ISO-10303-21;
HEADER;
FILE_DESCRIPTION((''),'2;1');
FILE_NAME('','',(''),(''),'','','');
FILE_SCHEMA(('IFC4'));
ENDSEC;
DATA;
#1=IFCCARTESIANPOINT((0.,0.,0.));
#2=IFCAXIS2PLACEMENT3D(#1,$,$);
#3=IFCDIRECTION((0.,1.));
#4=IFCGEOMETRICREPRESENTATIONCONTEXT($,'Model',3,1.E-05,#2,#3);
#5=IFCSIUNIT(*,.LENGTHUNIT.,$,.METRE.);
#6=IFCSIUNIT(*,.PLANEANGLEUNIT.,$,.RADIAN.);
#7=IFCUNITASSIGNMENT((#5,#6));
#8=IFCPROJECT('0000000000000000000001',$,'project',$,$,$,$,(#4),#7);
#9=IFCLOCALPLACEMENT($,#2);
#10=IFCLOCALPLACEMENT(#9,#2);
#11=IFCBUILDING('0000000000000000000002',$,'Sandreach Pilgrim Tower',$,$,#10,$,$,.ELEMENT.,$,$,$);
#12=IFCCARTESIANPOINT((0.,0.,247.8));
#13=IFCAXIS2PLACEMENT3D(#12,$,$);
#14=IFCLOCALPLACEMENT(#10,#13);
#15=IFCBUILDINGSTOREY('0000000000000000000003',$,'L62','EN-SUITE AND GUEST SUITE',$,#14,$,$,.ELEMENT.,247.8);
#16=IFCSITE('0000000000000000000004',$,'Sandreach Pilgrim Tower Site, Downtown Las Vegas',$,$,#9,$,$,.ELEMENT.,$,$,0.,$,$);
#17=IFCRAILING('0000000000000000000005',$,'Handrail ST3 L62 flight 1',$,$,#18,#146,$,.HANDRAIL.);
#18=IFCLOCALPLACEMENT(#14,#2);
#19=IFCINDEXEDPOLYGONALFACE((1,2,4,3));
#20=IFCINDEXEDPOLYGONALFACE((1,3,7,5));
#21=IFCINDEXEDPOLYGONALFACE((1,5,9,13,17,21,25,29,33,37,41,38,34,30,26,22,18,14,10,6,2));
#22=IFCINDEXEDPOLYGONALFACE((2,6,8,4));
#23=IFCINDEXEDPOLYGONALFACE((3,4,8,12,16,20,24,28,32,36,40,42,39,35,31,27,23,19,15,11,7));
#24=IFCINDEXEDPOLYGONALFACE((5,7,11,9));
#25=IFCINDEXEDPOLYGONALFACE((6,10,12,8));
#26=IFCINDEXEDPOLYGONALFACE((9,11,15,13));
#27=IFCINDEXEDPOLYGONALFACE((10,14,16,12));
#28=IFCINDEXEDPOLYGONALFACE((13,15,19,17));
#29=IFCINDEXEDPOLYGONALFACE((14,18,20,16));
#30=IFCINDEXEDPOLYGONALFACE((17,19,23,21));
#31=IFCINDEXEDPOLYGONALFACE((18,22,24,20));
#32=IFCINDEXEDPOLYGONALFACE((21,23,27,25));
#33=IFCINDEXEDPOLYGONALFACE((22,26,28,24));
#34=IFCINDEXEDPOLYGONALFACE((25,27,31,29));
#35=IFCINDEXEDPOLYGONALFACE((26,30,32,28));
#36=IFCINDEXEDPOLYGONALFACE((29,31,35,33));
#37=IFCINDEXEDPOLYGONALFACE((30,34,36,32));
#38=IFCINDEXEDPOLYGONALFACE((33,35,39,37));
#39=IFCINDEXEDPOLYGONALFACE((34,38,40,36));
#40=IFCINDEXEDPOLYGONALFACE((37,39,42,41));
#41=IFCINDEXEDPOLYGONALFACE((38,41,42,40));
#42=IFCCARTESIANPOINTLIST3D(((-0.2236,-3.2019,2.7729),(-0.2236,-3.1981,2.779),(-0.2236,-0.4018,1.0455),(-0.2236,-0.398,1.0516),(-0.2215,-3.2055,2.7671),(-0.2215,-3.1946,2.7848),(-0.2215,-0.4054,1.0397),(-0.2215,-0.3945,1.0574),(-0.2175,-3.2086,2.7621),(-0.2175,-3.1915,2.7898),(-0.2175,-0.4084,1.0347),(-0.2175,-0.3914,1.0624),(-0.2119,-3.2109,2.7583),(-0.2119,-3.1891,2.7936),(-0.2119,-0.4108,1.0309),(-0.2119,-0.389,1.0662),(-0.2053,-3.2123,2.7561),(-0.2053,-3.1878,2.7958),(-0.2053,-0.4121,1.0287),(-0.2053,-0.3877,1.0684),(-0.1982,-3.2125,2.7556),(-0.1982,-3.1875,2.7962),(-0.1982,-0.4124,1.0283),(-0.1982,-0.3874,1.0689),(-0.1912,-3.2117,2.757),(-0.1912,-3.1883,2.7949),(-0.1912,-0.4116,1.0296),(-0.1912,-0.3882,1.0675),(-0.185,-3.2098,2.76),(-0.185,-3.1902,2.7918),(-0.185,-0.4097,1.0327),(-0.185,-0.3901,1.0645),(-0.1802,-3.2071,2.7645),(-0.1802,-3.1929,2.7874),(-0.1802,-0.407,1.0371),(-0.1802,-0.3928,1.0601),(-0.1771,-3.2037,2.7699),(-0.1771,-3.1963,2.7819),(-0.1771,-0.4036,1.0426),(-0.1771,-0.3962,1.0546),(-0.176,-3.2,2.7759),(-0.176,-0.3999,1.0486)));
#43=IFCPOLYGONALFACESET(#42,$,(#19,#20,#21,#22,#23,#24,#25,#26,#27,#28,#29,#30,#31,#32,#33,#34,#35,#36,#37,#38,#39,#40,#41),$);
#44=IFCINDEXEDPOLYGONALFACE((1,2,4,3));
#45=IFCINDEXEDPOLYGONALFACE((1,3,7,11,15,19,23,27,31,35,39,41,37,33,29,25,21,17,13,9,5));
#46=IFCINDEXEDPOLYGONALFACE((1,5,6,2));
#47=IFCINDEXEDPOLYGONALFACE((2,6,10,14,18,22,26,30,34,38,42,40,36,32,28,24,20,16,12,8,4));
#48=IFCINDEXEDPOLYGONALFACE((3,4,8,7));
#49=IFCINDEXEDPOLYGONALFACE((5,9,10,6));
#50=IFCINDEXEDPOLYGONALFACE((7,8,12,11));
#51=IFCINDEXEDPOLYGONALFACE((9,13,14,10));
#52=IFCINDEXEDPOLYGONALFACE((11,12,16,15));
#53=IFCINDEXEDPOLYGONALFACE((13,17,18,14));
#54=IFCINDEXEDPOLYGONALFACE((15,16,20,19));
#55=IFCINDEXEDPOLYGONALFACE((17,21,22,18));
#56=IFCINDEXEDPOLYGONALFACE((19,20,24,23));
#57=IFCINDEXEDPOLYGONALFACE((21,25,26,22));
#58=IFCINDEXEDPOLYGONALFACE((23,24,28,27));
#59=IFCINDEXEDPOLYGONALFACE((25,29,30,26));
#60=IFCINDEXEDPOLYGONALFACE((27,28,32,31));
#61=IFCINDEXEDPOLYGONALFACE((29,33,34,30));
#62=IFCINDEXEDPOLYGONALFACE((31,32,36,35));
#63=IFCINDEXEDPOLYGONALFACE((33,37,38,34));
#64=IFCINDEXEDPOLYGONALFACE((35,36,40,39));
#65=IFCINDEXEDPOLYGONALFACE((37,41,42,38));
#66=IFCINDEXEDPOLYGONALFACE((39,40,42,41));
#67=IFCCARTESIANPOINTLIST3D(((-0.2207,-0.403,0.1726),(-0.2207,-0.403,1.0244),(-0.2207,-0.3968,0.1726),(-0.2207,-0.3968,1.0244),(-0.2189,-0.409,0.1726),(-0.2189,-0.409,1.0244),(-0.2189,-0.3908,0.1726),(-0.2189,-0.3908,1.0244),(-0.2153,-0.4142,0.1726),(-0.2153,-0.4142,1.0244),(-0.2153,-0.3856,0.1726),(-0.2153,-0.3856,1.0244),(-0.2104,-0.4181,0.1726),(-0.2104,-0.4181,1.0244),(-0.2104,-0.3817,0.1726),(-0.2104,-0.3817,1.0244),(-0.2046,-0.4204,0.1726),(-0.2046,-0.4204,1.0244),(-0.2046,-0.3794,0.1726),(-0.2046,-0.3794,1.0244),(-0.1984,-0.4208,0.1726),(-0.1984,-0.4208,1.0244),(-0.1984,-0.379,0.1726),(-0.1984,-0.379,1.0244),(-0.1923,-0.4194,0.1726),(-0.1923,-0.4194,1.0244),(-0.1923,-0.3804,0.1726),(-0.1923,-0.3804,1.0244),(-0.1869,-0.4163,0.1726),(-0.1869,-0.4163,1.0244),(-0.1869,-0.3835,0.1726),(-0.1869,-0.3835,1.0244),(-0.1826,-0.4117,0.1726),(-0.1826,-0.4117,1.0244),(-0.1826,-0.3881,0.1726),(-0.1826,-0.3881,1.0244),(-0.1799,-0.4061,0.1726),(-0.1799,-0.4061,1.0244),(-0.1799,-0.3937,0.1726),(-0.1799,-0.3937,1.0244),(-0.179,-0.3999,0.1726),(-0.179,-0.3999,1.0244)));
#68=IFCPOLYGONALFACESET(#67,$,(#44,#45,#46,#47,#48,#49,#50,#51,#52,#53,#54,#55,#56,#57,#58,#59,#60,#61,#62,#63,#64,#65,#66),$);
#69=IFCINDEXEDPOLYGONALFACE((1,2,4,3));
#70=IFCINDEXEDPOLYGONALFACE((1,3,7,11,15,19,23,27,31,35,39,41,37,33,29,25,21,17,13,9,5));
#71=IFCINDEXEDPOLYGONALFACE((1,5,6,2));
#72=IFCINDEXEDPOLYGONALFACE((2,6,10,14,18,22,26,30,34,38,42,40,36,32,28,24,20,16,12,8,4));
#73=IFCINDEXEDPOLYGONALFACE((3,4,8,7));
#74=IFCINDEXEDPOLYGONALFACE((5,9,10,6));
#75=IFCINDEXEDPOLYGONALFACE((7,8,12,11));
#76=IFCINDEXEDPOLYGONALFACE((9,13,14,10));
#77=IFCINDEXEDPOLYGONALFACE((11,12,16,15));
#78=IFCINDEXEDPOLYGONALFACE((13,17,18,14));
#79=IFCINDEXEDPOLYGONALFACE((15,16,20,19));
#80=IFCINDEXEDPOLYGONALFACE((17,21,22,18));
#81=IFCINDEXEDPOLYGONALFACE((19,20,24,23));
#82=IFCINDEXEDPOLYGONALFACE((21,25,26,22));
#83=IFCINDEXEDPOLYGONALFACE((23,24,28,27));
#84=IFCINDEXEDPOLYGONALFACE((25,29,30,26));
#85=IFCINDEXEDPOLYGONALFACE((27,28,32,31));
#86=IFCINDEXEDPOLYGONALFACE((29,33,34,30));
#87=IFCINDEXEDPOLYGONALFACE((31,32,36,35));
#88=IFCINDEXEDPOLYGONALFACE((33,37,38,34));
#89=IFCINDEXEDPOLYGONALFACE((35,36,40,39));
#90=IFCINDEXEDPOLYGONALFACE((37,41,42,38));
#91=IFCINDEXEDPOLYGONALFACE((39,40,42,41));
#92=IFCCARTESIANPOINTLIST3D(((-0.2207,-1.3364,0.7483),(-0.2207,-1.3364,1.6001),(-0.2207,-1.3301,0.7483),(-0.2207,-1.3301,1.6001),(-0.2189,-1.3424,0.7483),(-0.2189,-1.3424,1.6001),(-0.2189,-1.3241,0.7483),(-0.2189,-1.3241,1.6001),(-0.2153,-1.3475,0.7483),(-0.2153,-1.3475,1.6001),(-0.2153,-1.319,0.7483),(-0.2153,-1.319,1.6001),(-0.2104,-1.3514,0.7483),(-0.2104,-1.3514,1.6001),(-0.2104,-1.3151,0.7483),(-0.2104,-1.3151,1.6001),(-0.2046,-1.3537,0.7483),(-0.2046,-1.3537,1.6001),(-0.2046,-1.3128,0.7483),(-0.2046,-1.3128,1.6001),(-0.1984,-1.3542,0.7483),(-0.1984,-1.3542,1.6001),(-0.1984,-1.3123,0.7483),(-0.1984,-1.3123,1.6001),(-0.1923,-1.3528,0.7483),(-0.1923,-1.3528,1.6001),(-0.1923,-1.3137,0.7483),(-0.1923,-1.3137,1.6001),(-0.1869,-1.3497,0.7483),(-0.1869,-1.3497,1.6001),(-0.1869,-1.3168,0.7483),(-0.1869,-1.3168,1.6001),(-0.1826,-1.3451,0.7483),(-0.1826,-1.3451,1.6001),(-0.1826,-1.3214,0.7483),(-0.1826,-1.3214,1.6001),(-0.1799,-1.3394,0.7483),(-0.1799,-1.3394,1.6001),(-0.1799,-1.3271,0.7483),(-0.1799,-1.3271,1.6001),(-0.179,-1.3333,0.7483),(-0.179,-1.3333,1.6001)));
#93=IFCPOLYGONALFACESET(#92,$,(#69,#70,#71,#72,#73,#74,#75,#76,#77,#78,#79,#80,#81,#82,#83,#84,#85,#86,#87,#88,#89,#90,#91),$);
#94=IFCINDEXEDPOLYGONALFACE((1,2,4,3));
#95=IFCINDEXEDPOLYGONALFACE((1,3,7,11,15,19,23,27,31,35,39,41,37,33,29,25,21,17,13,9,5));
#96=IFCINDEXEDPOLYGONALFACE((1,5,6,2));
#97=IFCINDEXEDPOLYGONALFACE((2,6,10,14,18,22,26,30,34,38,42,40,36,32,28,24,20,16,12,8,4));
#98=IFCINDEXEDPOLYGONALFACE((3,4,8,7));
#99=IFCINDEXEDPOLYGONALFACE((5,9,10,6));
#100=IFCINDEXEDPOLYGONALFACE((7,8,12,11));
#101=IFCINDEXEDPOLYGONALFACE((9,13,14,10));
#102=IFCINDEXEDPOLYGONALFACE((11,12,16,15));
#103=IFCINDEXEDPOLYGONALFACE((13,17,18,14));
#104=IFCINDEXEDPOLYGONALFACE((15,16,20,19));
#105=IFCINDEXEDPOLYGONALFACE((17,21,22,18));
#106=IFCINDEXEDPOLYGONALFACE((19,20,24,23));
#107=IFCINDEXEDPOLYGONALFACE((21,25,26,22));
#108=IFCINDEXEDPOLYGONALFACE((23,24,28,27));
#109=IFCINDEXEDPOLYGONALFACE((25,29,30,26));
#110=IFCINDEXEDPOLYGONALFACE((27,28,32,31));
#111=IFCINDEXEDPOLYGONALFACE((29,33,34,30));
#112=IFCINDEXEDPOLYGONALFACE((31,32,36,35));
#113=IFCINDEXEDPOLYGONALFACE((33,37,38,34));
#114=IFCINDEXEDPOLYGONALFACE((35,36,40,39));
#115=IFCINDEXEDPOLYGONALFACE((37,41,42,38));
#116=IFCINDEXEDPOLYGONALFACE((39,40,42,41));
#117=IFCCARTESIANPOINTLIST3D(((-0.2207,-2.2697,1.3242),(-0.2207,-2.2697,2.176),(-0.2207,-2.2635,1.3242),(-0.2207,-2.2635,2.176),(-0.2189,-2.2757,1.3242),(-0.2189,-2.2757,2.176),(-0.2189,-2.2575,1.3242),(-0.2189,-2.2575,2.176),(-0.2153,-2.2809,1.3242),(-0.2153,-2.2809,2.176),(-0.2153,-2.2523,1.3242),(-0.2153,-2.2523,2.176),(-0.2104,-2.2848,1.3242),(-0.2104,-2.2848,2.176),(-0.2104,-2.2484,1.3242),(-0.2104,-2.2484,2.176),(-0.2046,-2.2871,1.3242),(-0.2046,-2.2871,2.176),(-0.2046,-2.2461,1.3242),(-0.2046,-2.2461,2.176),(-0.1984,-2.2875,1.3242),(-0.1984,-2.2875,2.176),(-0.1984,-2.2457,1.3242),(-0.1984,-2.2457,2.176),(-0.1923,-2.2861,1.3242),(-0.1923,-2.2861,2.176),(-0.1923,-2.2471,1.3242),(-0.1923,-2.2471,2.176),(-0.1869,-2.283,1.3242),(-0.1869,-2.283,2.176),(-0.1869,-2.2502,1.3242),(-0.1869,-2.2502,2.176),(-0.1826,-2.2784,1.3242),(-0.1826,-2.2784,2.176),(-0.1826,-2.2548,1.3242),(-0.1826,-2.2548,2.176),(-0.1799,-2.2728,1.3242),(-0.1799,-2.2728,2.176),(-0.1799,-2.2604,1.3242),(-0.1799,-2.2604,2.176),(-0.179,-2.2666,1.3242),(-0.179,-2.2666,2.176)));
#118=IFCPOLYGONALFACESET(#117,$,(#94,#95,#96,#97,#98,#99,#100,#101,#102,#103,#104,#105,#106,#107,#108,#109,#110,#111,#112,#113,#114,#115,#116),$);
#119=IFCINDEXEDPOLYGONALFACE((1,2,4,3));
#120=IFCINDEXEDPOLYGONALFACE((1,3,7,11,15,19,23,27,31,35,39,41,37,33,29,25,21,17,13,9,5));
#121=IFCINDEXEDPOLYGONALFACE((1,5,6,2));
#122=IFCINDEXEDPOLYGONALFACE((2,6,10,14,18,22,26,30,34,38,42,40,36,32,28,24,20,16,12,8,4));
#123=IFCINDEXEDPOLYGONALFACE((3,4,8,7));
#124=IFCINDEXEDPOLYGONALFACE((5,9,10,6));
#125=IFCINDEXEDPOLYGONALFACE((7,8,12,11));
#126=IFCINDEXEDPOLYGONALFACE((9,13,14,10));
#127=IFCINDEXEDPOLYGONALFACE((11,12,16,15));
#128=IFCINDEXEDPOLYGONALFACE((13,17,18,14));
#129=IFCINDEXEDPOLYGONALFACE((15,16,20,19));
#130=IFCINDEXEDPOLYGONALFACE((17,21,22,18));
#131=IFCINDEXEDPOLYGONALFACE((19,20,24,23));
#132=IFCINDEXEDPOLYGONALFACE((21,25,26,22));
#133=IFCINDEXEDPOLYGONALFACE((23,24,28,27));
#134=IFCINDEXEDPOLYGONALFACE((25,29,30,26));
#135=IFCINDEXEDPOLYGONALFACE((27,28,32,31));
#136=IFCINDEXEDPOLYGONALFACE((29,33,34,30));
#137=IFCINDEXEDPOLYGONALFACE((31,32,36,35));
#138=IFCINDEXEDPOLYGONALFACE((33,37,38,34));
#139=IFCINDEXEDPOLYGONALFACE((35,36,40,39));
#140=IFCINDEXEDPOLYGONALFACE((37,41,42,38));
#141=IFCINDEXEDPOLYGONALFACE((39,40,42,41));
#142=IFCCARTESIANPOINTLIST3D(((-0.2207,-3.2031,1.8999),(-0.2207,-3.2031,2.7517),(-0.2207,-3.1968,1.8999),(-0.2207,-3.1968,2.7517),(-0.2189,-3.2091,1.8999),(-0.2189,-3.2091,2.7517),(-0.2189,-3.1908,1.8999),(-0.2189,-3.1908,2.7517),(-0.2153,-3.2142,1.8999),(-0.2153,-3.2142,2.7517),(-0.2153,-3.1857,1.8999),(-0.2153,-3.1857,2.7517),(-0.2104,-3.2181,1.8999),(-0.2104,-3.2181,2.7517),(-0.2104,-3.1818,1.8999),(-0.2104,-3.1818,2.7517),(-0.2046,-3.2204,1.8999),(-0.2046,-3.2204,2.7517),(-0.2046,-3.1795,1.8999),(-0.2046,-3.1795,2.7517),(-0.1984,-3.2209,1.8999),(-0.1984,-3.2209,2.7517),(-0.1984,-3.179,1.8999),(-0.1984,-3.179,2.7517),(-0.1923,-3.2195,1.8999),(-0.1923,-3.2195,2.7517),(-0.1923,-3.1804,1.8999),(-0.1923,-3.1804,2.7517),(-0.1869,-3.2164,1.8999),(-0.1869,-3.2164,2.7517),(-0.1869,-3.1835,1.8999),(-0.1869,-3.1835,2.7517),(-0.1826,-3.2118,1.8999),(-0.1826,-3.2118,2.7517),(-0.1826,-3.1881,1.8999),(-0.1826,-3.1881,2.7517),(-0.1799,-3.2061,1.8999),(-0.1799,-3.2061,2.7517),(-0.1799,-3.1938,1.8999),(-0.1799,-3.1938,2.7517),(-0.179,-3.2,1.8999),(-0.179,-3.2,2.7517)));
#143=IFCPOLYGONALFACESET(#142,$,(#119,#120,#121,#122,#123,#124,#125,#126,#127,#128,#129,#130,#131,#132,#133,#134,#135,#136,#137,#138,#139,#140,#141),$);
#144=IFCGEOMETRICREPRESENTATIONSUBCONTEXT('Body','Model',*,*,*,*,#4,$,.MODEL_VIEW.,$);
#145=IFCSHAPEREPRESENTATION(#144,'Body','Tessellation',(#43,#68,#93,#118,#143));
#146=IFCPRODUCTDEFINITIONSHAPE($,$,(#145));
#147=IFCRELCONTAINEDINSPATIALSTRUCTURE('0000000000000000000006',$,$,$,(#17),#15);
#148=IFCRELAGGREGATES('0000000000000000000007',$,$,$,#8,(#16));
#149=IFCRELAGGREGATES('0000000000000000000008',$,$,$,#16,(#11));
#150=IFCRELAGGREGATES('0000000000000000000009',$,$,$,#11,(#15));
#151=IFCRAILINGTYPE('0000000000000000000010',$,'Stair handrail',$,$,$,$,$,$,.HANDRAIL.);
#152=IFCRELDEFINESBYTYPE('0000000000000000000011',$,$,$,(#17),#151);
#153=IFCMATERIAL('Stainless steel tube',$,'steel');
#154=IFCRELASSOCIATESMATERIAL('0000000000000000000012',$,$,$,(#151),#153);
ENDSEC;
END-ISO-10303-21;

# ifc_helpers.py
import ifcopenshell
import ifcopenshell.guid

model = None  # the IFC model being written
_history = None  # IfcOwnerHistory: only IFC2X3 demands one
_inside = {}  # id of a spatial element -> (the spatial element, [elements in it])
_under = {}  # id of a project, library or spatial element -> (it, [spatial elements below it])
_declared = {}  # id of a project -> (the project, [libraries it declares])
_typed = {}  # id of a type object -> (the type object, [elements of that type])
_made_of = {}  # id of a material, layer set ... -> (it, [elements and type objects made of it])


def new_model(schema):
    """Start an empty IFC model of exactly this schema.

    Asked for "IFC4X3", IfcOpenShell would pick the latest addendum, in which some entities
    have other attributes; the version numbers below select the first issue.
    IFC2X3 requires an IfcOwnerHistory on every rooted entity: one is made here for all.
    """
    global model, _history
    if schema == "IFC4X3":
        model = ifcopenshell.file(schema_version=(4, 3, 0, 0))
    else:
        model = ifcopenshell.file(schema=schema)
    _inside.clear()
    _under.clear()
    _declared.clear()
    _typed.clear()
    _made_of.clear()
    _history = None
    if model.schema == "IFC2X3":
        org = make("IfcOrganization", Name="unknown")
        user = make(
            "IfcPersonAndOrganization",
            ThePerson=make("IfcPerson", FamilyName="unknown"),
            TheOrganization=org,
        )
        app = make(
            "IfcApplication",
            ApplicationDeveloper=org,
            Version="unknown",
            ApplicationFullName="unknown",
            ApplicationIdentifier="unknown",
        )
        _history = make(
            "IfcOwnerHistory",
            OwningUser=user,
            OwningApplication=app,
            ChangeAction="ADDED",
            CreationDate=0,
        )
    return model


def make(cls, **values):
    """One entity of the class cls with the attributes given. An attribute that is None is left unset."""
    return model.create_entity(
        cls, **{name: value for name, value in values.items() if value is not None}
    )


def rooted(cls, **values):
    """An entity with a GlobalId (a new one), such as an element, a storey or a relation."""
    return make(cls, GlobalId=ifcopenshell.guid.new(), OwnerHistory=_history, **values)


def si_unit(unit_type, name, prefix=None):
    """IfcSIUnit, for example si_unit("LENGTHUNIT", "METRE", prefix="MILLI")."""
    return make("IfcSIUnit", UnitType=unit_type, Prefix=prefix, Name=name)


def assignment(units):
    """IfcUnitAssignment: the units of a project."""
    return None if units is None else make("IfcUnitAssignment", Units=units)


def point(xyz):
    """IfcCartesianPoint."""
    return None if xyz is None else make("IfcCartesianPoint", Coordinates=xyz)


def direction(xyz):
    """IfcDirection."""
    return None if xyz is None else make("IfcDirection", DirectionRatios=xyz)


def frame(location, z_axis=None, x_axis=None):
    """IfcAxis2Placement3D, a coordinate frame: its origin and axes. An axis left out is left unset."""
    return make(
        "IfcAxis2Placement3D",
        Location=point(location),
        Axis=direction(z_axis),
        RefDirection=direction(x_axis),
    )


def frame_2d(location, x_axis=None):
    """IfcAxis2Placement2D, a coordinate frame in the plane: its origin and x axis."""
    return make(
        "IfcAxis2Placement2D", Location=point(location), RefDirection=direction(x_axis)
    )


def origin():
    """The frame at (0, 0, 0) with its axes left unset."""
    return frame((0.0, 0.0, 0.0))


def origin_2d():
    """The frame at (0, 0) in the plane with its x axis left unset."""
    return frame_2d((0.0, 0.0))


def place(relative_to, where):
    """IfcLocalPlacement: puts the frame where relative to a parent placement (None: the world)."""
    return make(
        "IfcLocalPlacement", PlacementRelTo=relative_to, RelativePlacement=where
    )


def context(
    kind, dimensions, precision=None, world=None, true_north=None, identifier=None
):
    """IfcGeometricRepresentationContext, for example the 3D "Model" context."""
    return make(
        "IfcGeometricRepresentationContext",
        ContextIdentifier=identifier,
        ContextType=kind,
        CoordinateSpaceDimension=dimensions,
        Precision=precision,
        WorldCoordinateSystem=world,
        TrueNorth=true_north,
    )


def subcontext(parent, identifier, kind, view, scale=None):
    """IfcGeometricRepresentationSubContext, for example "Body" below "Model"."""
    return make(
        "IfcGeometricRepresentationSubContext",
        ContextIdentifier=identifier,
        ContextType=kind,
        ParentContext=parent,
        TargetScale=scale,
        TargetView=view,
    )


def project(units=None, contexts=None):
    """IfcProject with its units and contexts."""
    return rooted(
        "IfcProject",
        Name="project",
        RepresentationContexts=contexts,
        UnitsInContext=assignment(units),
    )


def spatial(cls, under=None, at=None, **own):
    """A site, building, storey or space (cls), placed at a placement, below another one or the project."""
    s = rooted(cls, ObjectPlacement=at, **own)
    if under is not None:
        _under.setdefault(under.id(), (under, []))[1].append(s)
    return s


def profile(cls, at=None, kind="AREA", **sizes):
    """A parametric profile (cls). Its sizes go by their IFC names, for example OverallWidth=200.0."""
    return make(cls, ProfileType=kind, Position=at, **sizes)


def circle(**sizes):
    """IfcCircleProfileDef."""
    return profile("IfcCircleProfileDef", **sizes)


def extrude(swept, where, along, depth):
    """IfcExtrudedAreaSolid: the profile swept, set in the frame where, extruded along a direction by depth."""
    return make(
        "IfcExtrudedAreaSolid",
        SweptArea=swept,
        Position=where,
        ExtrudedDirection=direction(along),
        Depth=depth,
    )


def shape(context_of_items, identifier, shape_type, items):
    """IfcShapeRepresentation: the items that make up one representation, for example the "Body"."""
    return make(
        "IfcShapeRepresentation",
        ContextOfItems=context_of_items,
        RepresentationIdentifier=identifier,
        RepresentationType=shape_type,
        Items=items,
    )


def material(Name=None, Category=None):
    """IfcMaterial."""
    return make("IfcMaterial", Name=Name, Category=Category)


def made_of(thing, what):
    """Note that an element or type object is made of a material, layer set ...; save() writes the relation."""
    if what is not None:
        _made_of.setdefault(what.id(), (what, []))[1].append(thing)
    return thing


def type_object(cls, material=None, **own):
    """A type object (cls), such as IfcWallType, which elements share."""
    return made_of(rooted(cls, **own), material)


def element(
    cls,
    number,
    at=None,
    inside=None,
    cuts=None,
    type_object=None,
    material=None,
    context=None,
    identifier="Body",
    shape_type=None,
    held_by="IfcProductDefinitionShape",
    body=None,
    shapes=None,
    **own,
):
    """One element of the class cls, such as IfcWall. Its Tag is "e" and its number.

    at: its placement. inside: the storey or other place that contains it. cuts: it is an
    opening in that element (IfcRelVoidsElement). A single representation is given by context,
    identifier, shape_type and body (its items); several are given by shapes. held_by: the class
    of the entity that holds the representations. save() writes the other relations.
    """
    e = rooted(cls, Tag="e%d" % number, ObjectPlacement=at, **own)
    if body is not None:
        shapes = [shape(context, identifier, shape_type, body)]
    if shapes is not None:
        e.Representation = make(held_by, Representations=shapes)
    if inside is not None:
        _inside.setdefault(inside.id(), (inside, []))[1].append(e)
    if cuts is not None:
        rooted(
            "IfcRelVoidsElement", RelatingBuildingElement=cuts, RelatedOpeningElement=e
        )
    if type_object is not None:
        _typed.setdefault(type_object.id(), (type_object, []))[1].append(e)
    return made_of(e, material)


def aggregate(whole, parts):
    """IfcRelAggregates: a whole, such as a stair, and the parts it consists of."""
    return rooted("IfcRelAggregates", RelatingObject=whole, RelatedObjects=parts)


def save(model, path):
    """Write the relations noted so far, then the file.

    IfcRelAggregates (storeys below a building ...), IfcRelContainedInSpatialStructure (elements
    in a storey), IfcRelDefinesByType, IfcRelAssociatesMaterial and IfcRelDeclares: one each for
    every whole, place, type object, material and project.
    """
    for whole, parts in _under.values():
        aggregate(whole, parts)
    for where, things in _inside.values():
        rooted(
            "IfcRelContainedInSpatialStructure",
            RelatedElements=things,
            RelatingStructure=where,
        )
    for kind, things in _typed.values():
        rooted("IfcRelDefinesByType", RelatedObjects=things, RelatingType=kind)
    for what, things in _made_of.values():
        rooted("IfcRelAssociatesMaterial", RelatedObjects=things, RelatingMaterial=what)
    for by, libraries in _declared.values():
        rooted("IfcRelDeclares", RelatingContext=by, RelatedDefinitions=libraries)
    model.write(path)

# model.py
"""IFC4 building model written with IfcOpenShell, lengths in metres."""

from ifc_helpers import new_model, si_unit, direction, frame, origin, origin_2d, place, context, subcontext, project, spatial, circle, extrude, material, type_object, element, save


model = new_model("IFC4")

# Units and contexts
model_context = context("Model", 3, precision=1e-05, world=origin(), true_north=direction((0.0, 1.0)))
body_context = subcontext(model_context, "Body", "Model", "MODEL_VIEW")
ifc_project = project(units=[si_unit("LENGTHUNIT", "METRE"), si_unit("PLANEANGLEUNIT", "RADIAN")], contexts=[model_context])

# Site, building, storey
site_placement = place(None, origin())
site = spatial("IfcSite", under=ifc_project, at=site_placement, Name="Sandreach Pilgrim Tower Site, Downtown Las Vegas", CompositionType="ELEMENT", RefElevation=0.0)
building_placement = place(site_placement, origin())
building = spatial("IfcBuilding", under=site, at=building_placement, Name="Sandreach Pilgrim Tower", CompositionType="ELEMENT")
storey_placement = place(building_placement, frame((0.0, 0.0, 247.8)))
storey = spatial("IfcBuildingStorey", under=building, at=storey_placement, Name="L62", Description="EN-SUITE AND GUEST SUITE", CompositionType="ELEMENT", Elevation=247.8)

# Railing
ifc_material_1 = material(Name="Stainless steel tube", Category="steel")
railing_type = type_object("IfcRailingType", Name="Stair handrail", PredefinedType="HANDRAIL", material=ifc_material_1)
for number, where, name in (
    (1, (-0.2, -0.3999, 0.1726), "Handrail ST3 L62 flight 1"),
):
    element("IfcRailing", number, at=place(storey_placement, frame(where)), inside=storey, type_object=railing_type, Name=name, PredefinedType="HANDRAIL", context=body_context, shape_type="SweptSolid", body=[
        extrude(circle(Radius=0.0239, at=origin_2d()), frame((0.0, 0.0, 0.876), z_axis=(0.0, -0.85109, 0.52502), x_axis=(1.0, 0.0, 0.0)), (0.0, 0.0, 1.0), 3.29),
        extrude(circle(Radius=0.021, at=origin_2d()), origin(), (0.0, 0.0, 1.0), 0.8518),
        extrude(circle(Radius=0.021, at=origin_2d()), frame((0.0, -0.9333, 0.5757)), (0.0, 0.0, 1.0), 0.8518),
        extrude(circle(Radius=0.021, at=origin_2d()), frame((0.0, -1.8667, 1.1516)), (0.0, 0.0, 1.0), 0.8518),
        extrude(circle(Radius=0.021, at=origin_2d()), frame((0.0, -2.8, 1.7273)), (0.0, 0.0, 1.0), 0.8518),
    ])

save(model, "model.ifc")
